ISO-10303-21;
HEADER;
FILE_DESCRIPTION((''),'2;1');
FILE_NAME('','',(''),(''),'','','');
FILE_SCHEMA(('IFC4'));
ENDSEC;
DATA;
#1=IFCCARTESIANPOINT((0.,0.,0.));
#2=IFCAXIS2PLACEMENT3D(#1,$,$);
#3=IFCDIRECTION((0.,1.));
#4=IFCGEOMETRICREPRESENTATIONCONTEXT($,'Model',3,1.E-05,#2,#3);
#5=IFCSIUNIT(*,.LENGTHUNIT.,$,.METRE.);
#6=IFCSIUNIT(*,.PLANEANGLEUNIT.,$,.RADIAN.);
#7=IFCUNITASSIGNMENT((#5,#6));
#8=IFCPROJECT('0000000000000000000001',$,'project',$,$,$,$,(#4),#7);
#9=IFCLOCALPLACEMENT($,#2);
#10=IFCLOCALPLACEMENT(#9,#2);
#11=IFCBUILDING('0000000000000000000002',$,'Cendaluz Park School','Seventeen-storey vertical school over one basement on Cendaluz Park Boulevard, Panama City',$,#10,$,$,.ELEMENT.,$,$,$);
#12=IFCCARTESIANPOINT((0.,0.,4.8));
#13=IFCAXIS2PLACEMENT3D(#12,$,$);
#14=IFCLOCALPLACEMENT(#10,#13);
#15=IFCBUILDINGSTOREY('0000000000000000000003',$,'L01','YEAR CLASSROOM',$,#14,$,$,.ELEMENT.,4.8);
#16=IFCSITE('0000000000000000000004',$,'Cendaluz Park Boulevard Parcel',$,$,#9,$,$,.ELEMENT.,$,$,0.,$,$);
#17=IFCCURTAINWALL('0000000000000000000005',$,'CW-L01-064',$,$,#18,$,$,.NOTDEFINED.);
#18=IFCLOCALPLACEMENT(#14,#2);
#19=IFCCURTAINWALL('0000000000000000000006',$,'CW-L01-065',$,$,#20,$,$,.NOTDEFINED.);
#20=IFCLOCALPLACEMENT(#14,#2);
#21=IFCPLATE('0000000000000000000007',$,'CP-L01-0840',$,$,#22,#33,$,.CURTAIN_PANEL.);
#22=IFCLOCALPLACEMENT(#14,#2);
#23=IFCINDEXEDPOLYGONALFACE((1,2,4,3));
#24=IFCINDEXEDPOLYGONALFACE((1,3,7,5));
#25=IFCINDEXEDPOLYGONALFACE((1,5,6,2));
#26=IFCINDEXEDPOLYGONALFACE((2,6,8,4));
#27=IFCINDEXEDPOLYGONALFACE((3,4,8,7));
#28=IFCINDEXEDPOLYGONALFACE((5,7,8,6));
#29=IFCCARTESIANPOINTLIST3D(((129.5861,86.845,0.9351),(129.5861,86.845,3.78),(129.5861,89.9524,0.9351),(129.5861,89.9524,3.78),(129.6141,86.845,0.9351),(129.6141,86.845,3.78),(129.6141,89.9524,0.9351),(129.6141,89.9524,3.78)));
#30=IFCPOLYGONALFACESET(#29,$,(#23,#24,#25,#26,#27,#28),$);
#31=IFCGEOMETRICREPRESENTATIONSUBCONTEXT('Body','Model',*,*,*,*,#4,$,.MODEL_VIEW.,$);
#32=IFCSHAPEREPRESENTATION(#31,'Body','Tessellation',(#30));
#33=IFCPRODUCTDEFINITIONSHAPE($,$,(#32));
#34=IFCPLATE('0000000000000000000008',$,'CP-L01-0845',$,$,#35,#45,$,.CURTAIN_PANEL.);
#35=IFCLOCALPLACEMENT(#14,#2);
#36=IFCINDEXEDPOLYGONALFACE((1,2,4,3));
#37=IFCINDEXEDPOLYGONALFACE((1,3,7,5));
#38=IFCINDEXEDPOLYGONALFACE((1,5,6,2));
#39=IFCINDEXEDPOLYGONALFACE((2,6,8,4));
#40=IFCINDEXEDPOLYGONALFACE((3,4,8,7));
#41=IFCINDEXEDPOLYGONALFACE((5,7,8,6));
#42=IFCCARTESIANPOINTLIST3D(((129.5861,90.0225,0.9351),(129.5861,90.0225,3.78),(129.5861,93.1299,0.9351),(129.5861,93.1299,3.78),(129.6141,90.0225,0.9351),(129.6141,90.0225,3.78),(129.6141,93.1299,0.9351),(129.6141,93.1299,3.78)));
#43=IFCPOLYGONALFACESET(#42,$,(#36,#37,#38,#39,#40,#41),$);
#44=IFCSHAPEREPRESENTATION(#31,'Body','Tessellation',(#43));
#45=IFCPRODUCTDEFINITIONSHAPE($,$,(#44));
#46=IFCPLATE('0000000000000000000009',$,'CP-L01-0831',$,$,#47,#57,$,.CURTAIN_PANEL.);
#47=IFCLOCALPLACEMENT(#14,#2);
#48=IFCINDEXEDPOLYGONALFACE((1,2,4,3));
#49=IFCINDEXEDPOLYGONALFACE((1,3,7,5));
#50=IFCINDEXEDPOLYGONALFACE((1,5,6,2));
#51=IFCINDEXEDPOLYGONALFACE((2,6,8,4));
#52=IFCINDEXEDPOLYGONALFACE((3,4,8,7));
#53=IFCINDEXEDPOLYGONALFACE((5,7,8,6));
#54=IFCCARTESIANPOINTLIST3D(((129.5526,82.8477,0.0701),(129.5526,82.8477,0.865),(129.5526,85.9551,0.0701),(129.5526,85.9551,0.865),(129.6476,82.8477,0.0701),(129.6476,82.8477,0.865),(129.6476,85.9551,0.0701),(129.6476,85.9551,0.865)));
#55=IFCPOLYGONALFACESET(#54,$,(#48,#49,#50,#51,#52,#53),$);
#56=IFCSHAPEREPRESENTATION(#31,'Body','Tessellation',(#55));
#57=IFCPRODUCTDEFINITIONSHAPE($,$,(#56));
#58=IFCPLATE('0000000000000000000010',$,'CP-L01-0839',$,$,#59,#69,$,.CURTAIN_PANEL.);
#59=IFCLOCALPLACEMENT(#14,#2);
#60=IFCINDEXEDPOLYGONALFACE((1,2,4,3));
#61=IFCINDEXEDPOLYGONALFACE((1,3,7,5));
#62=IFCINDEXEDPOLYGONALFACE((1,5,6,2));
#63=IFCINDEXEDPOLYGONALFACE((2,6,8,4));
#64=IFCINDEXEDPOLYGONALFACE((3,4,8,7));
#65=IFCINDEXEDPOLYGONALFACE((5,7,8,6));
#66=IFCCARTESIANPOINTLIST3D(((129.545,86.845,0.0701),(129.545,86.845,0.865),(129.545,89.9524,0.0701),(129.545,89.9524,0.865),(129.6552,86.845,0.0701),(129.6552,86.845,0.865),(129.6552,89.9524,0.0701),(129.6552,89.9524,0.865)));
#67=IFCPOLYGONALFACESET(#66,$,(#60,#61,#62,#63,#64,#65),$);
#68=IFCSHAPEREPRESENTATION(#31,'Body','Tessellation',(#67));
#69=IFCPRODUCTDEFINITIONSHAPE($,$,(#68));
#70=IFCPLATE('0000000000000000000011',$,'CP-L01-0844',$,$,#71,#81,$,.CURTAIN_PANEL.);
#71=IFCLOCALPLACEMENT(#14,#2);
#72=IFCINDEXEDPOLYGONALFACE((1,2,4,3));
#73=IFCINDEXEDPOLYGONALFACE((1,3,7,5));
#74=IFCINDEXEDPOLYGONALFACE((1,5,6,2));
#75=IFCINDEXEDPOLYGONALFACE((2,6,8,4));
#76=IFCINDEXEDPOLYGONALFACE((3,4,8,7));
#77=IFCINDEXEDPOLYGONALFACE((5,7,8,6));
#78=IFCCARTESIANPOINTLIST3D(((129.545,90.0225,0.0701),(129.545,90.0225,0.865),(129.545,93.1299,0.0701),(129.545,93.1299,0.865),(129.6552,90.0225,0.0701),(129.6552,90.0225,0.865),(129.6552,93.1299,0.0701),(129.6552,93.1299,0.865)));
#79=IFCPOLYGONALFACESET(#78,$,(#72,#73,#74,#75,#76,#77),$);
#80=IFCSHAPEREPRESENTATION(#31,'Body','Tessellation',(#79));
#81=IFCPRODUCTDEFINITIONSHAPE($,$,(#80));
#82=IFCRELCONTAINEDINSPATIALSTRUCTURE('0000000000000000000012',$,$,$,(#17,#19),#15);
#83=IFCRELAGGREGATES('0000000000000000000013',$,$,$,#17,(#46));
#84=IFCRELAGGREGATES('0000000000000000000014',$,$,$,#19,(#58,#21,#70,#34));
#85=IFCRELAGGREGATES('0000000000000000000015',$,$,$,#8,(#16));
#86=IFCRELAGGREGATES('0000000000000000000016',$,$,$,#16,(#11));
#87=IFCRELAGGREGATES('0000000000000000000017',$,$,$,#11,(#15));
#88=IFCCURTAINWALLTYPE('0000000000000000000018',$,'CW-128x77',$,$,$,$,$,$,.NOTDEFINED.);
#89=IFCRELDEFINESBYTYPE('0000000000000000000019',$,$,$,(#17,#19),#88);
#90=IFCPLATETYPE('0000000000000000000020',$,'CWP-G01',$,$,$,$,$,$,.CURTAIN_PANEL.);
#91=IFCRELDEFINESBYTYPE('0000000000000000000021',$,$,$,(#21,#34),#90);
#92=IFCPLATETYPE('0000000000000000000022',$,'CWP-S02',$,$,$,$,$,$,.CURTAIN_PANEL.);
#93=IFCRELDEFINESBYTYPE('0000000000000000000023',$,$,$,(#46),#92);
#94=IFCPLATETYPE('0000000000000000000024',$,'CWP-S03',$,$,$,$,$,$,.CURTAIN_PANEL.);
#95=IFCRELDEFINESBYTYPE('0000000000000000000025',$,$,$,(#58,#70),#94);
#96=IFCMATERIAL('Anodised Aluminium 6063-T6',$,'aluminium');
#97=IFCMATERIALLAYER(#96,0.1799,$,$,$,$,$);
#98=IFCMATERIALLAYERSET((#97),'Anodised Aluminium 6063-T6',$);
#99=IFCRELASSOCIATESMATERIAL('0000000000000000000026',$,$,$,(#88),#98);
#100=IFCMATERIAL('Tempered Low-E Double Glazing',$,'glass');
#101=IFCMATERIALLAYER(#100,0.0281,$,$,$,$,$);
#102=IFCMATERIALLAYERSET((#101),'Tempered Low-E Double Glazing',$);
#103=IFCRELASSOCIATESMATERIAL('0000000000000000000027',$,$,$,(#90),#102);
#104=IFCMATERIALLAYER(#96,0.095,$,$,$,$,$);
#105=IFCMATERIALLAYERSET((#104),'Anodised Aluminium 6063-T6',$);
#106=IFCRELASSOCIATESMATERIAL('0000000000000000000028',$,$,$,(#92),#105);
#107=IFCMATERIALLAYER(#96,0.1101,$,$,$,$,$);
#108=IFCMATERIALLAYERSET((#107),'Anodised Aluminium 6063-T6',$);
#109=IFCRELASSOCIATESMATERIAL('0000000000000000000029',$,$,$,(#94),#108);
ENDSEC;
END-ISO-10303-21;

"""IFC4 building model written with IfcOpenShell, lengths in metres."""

from ifc_helpers import new_model, si_unit, direction, frame, origin, origin_2d, place, context, subcontext, project, spatial, rectangle, extrude, material, layer, layer_set, type_object, element, aggregate, save


model = new_model("IFC4")

# Units and contexts
model_context = context("Model", 3, precision=1e-05, world=origin(), true_north=direction((0.0, 1.0)))
body_context = subcontext(model_context, "Body", "Model", "MODEL_VIEW")
ifc_project = project(units=[si_unit("LENGTHUNIT", "METRE"), si_unit("PLANEANGLEUNIT", "RADIAN")], contexts=[model_context])

# Site, building, storey
site_placement = place(None, origin())
site = spatial("IfcSite", under=ifc_project, at=site_placement, Name="Cendaluz Park Boulevard Parcel", CompositionType="ELEMENT", RefElevation=0.0)
building_placement = place(site_placement, origin())
building = spatial("IfcBuilding", under=site, at=building_placement, Name="Cendaluz Park School", Description="Seventeen-storey vertical school over one basement on Cendaluz Park Boulevard, Panama City", CompositionType="ELEMENT")
storey_placement = place(building_placement, frame((0.0, 0.0, 4.8)))
storey = spatial("IfcBuildingStorey", under=building, at=storey_placement, Name="L01", Description="YEAR CLASSROOM", CompositionType="ELEMENT", Elevation=4.8)

# Curtain wall
ifc_material_1 = material(Name="Anodised Aluminium 6063-T6", Category="aluminium")
ifc_layer_1 = layer(ifc_material_1, 0.1799)
ifc_layer_set_1 = layer_set([ifc_layer_1], Name="Anodised Aluminium 6063-T6")
curtain_wall_type = type_object("IfcCurtainWallType", Name="CW-128x77", PredefinedType="NOTDEFINED", material=ifc_layer_set_1)
curtain_wall_1_placement = place(storey_placement, origin())
curtain_wall_1 = element("IfcCurtainWall", 1, at=curtain_wall_1_placement, inside=storey, type_object=curtain_wall_type, Name="CW-L01-064", PredefinedType="NOTDEFINED")

# Curtain wall
curtain_wall_2_placement = place(storey_placement, origin())
curtain_wall_2 = element("IfcCurtainWall", 2, at=curtain_wall_2_placement, inside=storey, type_object=curtain_wall_type, Name="CW-L01-065", PredefinedType="NOTDEFINED")

# Plates
ifc_material_2 = material(Name="Tempered Low-E Double Glazing", Category="glass")
ifc_layer_2 = layer(ifc_material_2, 0.0281)
ifc_layer_set_2 = layer_set([ifc_layer_2], Name="Tempered Low-E Double Glazing")
plate_type_1 = type_object("IfcPlateType", Name="CWP-G01", PredefinedType="CURTAIN_PANEL", material=ifc_layer_set_2)
plate_1_placement = place(storey_placement, frame((129.6001, 88.3987, 0.9351), z_axis=(0.0, 0.0, 1.0), x_axis=(0.0, 1.0, 0.0)))
plate_1 = element("IfcPlate", 3, at=plate_1_placement, type_object=plate_type_1, Name="CP-L01-0840", PredefinedType="CURTAIN_PANEL", context=body_context, shape_type="SweptSolid", body=[
    extrude(rectangle(XDim=3.1074, YDim=0.0281, at=origin_2d()), origin(), (0.0, 0.0, 1.0), 2.845),
])
plate_2_placement = place(storey_placement, frame((129.6001, 91.5762, 0.9351), z_axis=(0.0, 0.0, 1.0), x_axis=(0.0, 1.0, 0.0)))
plate_2 = element("IfcPlate", 4, at=plate_2_placement, type_object=plate_type_1, Name="CP-L01-0845", PredefinedType="CURTAIN_PANEL", context=body_context, shape_type="SweptSolid", body=[
    extrude(rectangle(XDim=3.1074, YDim=0.0281, at=origin_2d()), origin(), (0.0, 0.0, 1.0), 2.845),
])
ifc_layer_3 = layer(ifc_material_1, 0.095)
ifc_layer_set_3 = layer_set([ifc_layer_3], Name="Anodised Aluminium 6063-T6")
plate_type_2 = type_object("IfcPlateType", Name="CWP-S02", PredefinedType="CURTAIN_PANEL", material=ifc_layer_set_3)
plate_3_placement = place(storey_placement, frame((129.6001, 84.4014, 0.0701), z_axis=(0.0, 0.0, 1.0), x_axis=(0.0, 1.0, 0.0)))
plate_3 = element("IfcPlate", 5, at=plate_3_placement, type_object=plate_type_2, Name="CP-L01-0831", PredefinedType="CURTAIN_PANEL", context=body_context, shape_type="SweptSolid", body=[
    extrude(rectangle(XDim=3.1074, YDim=0.095, at=origin_2d()), origin(), (0.0, 0.0, 1.0), 0.7949),
])
aggregate(curtain_wall_1, [plate_3])
ifc_layer_4 = layer(ifc_material_1, 0.1101)
ifc_layer_set_4 = layer_set([ifc_layer_4], Name="Anodised Aluminium 6063-T6")
plate_type_3 = type_object("IfcPlateType", Name="CWP-S03", PredefinedType="CURTAIN_PANEL", material=ifc_layer_set_4)
plate_4_placement = place(storey_placement, frame((129.6001, 88.3987, 0.0701), z_axis=(0.0, 0.0, 1.0), x_axis=(0.0, 1.0, 0.0)))
plate_4 = element("IfcPlate", 6, at=plate_4_placement, type_object=plate_type_3, Name="CP-L01-0839", PredefinedType="CURTAIN_PANEL", context=body_context, shape_type="SweptSolid", body=[
    extrude(rectangle(XDim=3.1074, YDim=0.1101, at=origin_2d()), origin(), (0.0, 0.0, 1.0), 0.7949),
])
plate_5_placement = place(storey_placement, frame((129.6001, 91.5762, 0.0701), z_axis=(0.0, 0.0, 1.0), x_axis=(0.0, 1.0, 0.0)))
plate_5 = element("IfcPlate", 7, at=plate_5_placement, type_object=plate_type_3, Name="CP-L01-0844", PredefinedType="CURTAIN_PANEL", context=body_context, shape_type="SweptSolid", body=[
    extrude(rectangle(XDim=3.1074, YDim=0.1101, at=origin_2d()), origin(), (0.0, 0.0, 1.0), 0.7949),
])
aggregate(curtain_wall_2, [plate_4, plate_1, plate_5, plate_2])

save(model, "model.ifc")
